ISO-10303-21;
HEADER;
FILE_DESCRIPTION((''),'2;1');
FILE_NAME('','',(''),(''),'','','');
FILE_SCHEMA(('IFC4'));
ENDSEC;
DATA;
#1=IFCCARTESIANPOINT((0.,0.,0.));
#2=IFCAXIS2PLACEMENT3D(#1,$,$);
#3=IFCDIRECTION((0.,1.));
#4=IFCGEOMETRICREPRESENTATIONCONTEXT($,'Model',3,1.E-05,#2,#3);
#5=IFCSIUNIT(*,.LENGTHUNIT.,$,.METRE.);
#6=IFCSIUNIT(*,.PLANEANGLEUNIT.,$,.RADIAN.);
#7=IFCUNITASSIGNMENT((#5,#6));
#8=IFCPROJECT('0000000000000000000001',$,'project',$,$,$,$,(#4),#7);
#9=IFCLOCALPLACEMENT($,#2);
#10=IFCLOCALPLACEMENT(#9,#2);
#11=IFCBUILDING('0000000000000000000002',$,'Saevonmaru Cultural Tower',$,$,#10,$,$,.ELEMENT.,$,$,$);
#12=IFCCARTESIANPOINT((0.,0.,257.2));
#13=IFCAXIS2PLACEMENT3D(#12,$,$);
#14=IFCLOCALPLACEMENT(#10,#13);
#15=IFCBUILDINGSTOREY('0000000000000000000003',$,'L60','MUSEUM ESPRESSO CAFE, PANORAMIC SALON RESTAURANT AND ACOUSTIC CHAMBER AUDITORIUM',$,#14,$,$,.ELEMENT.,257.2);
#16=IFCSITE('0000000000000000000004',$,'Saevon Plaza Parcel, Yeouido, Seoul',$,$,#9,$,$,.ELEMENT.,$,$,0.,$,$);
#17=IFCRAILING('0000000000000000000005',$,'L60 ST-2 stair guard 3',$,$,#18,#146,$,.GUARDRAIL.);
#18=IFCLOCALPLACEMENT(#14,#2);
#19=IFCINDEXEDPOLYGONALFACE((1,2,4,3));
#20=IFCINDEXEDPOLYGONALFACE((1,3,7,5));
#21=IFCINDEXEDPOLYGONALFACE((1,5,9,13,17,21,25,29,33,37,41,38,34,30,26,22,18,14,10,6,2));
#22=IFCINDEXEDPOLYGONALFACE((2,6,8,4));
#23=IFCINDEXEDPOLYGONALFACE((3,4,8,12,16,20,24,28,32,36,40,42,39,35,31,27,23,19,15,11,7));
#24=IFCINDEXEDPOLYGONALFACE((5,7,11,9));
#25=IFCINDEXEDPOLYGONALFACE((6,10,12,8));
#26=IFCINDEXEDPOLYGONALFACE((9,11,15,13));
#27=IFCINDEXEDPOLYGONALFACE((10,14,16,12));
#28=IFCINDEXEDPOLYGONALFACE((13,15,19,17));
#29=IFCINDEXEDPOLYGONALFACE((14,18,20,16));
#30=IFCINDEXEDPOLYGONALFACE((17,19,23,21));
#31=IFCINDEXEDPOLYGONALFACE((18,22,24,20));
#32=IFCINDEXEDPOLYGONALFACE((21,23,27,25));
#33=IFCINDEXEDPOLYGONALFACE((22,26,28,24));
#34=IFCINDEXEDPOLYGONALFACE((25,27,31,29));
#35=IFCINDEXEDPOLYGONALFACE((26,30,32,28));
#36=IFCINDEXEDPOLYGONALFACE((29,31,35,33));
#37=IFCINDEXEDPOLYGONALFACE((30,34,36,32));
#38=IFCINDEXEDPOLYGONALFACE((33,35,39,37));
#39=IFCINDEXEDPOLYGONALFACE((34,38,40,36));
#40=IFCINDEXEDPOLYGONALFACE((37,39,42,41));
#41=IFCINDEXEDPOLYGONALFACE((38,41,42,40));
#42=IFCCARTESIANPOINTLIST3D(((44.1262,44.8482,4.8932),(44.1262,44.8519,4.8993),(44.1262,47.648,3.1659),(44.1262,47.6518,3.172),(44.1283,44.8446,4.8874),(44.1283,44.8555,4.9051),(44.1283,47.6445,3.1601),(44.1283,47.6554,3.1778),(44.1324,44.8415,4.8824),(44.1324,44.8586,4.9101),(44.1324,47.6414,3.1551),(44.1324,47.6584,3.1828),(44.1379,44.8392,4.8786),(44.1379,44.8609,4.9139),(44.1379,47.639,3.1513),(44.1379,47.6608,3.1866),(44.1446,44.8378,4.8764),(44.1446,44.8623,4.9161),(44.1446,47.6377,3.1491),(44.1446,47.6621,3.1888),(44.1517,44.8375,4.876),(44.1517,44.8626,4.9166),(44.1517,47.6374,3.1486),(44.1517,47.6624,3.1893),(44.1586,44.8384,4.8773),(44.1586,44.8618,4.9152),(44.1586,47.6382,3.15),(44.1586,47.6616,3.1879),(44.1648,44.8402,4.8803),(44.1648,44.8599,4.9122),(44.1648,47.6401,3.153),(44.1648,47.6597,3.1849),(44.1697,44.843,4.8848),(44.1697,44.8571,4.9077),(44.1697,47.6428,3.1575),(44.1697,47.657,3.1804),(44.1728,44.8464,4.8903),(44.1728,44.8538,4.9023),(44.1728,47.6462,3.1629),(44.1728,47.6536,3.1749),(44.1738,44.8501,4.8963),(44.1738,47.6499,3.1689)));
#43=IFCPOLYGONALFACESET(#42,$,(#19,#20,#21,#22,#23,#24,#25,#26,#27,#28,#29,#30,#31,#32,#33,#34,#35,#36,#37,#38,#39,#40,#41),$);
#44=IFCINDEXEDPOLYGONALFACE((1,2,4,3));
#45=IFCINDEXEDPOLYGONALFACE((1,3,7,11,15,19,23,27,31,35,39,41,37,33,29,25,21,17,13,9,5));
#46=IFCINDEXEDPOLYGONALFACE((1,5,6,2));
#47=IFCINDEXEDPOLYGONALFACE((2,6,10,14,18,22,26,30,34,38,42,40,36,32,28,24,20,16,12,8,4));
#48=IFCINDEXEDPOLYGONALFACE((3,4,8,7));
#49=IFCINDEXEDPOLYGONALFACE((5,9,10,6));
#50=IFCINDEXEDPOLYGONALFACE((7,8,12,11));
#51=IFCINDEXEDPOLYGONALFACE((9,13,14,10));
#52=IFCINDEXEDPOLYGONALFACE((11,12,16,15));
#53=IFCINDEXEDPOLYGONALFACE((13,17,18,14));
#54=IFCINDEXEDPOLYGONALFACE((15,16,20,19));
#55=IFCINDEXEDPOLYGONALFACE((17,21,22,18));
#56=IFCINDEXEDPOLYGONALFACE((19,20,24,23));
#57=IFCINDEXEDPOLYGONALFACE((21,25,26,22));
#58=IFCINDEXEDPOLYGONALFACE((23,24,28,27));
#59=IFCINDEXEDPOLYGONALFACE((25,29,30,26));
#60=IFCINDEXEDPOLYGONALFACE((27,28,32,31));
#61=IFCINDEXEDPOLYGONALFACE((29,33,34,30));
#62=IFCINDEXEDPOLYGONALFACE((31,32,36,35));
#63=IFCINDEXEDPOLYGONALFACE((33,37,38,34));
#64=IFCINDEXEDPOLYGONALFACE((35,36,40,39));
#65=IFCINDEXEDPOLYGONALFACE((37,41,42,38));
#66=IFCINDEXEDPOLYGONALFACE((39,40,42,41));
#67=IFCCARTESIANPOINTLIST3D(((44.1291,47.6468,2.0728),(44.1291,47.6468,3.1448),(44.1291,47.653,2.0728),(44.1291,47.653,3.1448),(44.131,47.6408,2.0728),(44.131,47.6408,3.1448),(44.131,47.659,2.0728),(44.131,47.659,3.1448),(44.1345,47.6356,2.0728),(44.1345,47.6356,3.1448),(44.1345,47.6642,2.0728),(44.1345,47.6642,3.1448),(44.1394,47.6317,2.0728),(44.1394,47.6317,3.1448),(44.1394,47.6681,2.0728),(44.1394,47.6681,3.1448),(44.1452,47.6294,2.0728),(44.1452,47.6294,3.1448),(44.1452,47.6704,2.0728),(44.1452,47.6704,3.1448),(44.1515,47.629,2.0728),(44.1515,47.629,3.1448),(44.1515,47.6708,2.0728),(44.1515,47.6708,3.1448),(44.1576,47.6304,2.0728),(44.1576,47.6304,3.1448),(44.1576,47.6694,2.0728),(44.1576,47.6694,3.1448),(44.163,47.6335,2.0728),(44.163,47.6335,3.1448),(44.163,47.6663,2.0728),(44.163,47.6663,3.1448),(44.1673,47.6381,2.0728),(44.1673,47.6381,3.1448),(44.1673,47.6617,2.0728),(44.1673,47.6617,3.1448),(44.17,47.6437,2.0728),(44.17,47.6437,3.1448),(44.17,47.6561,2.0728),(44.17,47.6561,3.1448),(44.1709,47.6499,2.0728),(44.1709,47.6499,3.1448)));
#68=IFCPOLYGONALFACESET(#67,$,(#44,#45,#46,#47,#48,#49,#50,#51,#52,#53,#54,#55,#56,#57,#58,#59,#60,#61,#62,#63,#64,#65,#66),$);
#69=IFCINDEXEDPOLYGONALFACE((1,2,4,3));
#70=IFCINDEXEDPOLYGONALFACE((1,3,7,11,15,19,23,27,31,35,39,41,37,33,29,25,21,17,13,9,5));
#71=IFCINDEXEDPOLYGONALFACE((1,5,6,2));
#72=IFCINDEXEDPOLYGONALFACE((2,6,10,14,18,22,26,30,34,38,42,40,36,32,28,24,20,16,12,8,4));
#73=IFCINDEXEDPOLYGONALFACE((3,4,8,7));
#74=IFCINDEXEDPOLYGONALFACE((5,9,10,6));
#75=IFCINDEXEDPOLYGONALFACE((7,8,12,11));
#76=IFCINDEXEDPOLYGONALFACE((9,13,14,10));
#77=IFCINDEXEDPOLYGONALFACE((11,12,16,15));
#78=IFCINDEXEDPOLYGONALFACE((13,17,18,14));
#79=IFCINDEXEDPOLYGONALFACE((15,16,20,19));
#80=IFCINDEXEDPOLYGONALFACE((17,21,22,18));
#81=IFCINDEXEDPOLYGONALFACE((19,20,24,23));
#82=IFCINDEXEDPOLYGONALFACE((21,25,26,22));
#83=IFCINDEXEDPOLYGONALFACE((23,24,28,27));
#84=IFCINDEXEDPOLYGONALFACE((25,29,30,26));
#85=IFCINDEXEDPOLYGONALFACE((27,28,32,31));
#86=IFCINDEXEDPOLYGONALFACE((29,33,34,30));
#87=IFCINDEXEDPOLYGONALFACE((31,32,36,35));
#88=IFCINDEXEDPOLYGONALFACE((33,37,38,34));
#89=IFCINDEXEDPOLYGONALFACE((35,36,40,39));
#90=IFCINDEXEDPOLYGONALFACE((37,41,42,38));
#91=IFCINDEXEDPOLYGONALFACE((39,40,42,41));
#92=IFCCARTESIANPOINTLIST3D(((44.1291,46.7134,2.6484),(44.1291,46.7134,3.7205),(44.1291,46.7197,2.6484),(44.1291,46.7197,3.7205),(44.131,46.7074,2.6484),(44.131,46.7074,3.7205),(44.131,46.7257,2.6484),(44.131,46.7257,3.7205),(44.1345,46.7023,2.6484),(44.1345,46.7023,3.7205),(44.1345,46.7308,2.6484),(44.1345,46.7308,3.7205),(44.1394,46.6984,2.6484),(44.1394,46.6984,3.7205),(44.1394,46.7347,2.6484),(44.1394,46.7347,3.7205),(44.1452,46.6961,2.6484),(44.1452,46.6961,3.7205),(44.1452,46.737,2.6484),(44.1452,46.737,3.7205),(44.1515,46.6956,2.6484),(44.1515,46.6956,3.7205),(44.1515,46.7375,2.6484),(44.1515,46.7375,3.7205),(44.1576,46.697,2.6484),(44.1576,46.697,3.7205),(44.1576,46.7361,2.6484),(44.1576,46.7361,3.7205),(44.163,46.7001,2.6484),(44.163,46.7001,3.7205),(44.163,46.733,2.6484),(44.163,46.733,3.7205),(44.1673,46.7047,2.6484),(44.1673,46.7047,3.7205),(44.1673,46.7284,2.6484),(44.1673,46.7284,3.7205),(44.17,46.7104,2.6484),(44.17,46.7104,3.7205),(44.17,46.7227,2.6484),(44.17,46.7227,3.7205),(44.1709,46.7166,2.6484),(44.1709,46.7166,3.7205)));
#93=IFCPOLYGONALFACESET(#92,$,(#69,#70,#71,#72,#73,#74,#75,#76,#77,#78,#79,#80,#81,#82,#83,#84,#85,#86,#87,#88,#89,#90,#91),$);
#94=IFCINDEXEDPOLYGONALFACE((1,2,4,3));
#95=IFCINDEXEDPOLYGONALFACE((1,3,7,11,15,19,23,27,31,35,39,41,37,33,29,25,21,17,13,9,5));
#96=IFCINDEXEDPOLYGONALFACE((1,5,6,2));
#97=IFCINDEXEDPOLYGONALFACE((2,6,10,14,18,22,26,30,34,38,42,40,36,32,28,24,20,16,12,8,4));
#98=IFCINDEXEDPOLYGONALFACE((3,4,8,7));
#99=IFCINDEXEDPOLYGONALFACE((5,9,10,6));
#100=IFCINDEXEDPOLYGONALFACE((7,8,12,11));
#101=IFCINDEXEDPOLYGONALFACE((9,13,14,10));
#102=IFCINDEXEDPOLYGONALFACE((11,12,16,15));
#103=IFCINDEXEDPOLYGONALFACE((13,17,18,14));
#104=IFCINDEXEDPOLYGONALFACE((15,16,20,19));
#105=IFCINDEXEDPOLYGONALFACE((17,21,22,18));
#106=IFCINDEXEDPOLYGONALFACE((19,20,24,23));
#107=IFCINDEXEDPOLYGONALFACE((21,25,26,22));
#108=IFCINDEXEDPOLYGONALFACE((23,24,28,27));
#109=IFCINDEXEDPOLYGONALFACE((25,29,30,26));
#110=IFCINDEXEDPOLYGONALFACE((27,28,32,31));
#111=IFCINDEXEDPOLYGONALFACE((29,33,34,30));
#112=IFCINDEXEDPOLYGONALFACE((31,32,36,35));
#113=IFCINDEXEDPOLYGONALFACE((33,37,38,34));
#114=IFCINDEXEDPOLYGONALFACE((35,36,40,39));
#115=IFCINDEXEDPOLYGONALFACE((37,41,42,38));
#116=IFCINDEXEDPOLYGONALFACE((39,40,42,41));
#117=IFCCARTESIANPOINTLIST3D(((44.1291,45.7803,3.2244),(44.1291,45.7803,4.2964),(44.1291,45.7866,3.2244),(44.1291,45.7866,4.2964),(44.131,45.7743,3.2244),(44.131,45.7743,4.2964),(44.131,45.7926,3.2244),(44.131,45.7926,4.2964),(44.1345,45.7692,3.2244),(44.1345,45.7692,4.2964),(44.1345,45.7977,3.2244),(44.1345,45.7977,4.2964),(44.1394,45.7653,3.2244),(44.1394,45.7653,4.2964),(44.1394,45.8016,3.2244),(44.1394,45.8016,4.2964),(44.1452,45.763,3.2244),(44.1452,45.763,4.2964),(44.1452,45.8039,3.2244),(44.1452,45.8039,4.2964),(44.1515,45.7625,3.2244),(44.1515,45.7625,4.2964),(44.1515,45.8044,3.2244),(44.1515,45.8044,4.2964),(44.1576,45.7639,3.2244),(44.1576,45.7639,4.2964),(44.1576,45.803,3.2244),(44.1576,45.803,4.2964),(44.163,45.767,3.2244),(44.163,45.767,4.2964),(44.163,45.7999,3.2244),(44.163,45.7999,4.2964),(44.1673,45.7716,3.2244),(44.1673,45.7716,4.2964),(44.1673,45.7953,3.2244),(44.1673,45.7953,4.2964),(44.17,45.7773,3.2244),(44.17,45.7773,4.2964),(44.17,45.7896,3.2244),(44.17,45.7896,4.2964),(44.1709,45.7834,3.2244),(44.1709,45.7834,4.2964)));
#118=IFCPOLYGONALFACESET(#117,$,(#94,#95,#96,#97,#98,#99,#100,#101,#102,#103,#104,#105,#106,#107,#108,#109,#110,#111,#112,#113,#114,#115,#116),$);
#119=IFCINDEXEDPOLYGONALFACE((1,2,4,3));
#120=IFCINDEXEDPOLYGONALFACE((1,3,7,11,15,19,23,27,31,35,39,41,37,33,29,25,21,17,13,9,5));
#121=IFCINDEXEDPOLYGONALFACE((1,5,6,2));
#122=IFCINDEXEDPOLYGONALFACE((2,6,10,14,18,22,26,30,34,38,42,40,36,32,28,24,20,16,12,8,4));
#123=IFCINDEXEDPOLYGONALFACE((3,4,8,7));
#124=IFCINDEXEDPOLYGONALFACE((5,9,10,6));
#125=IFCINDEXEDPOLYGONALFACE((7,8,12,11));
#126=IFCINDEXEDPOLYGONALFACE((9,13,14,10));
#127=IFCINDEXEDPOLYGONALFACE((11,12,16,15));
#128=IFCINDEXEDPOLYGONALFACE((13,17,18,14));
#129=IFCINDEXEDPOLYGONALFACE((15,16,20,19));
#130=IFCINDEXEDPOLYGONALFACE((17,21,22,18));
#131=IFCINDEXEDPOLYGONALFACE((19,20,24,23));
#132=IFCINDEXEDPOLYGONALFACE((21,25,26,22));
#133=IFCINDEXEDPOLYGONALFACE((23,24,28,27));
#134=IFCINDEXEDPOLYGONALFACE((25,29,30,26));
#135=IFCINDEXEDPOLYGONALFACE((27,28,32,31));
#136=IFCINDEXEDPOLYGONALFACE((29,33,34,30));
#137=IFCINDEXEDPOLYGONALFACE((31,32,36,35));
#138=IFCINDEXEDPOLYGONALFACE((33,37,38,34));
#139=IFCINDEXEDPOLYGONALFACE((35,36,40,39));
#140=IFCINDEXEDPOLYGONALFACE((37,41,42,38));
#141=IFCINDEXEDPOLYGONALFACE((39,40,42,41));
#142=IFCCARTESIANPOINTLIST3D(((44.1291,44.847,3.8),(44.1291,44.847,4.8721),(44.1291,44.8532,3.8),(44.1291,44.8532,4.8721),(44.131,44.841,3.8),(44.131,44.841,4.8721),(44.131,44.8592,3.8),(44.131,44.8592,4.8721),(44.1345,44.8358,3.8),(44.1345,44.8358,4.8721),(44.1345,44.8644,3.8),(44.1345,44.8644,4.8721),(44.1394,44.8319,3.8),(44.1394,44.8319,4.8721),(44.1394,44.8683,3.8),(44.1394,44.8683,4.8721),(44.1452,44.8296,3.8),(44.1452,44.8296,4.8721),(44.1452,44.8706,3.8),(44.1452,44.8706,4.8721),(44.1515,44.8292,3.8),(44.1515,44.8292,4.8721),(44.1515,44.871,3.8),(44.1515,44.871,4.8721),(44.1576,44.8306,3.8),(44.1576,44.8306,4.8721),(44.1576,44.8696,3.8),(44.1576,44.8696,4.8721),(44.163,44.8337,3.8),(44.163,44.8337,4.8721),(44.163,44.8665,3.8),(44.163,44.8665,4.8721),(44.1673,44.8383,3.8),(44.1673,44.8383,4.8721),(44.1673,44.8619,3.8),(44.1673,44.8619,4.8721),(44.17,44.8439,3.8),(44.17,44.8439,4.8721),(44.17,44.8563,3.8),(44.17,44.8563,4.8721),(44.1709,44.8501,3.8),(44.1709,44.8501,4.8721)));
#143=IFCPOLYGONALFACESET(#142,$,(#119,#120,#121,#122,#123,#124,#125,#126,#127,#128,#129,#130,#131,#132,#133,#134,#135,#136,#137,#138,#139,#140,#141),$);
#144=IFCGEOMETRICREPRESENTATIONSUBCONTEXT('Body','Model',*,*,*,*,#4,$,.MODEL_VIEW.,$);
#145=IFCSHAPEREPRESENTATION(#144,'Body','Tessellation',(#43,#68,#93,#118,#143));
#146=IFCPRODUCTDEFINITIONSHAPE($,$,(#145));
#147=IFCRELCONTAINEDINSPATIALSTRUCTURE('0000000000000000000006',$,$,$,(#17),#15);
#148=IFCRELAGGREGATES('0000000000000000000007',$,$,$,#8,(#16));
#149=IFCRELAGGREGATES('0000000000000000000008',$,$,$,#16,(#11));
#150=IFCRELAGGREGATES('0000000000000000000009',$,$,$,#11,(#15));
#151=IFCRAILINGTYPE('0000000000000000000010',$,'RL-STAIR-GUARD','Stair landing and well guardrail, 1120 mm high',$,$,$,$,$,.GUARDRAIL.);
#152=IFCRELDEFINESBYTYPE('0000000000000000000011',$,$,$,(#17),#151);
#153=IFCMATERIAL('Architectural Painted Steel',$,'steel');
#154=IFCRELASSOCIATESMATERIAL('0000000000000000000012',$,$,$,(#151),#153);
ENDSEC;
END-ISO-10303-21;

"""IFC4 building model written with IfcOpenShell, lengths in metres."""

from ifc_helpers import new_model, si_unit, direction, frame, origin, origin_2d, place, context, subcontext, project, spatial, circle, extrude, material, type_object, element, save


model = new_model("IFC4")

# Units and contexts
model_context = context("Model", 3, precision=1e-05, world=origin(), true_north=direction((0.0, 1.0)))
body_context = subcontext(model_context, "Body", "Model", "MODEL_VIEW")
ifc_project = project(units=[si_unit("LENGTHUNIT", "METRE"), si_unit("PLANEANGLEUNIT", "RADIAN")], contexts=[model_context])

# Site, building, storey
site_placement = place(None, origin())
site = spatial("IfcSite", under=ifc_project, at=site_placement, Name="Saevon Plaza Parcel, Yeouido, Seoul", CompositionType="ELEMENT", RefElevation=0.0)
building_placement = place(site_placement, origin())
building = spatial("IfcBuilding", under=site, at=building_placement, Name="Saevonmaru Cultural Tower", CompositionType="ELEMENT")
storey_placement = place(building_placement, frame((0.0, 0.0, 257.2)))
storey = spatial("IfcBuildingStorey", under=building, at=storey_placement, Name="L60", Description="MUSEUM ESPRESSO CAFE, PANORAMIC SALON RESTAURANT AND ACOUSTIC CHAMBER AUDITORIUM", CompositionType="ELEMENT", Elevation=257.2)

# Railing
ifc_material_1 = material(Name="Architectural Painted Steel", Category="steel")
railing_type_1 = type_object("IfcRailingType", Name="RL-STAIR-GUARD", Description="Stair landing and well guardrail, 1120 mm high", PredefinedType="GUARDRAIL", material=ifc_material_1)
railing_1_placement = place(storey_placement, frame((44.1499, 47.6499, 2.0728)))
element("IfcRailing", 1, at=railing_1_placement, inside=storey, type_object=railing_type_1, Name="L60 ST-2 stair guard 3", PredefinedType="GUARDRAIL", context=body_context, shape_type="SweptSolid", body=[
    extrude(circle(Radius=0.0239, at=origin_2d()), frame((0.0, 0.0, 1.0962), z_axis=(0.0, -0.851069, 0.525054), x_axis=(1.0, 0.0, 0.0)), (0.0, 0.0, 1.0), 3.2898),
    extrude(circle(Radius=0.021, at=origin_2d()), origin(), (0.0, 0.0, 1.0), 1.072),
    extrude(circle(Radius=0.021, at=origin_2d()), frame((0.0, -0.9333, 0.5757)), (0.0, 0.0, 1.0), 1.072),
    extrude(circle(Radius=0.021, at=origin_2d()), frame((0.0, -1.8665, 1.1516)), (0.0, 0.0, 1.0), 1.072),
    extrude(circle(Radius=0.021, at=origin_2d()), frame((0.0, -2.7998, 1.7273)), (0.0, 0.0, 1.0), 1.072),
])

save(model, "model.ifc")
